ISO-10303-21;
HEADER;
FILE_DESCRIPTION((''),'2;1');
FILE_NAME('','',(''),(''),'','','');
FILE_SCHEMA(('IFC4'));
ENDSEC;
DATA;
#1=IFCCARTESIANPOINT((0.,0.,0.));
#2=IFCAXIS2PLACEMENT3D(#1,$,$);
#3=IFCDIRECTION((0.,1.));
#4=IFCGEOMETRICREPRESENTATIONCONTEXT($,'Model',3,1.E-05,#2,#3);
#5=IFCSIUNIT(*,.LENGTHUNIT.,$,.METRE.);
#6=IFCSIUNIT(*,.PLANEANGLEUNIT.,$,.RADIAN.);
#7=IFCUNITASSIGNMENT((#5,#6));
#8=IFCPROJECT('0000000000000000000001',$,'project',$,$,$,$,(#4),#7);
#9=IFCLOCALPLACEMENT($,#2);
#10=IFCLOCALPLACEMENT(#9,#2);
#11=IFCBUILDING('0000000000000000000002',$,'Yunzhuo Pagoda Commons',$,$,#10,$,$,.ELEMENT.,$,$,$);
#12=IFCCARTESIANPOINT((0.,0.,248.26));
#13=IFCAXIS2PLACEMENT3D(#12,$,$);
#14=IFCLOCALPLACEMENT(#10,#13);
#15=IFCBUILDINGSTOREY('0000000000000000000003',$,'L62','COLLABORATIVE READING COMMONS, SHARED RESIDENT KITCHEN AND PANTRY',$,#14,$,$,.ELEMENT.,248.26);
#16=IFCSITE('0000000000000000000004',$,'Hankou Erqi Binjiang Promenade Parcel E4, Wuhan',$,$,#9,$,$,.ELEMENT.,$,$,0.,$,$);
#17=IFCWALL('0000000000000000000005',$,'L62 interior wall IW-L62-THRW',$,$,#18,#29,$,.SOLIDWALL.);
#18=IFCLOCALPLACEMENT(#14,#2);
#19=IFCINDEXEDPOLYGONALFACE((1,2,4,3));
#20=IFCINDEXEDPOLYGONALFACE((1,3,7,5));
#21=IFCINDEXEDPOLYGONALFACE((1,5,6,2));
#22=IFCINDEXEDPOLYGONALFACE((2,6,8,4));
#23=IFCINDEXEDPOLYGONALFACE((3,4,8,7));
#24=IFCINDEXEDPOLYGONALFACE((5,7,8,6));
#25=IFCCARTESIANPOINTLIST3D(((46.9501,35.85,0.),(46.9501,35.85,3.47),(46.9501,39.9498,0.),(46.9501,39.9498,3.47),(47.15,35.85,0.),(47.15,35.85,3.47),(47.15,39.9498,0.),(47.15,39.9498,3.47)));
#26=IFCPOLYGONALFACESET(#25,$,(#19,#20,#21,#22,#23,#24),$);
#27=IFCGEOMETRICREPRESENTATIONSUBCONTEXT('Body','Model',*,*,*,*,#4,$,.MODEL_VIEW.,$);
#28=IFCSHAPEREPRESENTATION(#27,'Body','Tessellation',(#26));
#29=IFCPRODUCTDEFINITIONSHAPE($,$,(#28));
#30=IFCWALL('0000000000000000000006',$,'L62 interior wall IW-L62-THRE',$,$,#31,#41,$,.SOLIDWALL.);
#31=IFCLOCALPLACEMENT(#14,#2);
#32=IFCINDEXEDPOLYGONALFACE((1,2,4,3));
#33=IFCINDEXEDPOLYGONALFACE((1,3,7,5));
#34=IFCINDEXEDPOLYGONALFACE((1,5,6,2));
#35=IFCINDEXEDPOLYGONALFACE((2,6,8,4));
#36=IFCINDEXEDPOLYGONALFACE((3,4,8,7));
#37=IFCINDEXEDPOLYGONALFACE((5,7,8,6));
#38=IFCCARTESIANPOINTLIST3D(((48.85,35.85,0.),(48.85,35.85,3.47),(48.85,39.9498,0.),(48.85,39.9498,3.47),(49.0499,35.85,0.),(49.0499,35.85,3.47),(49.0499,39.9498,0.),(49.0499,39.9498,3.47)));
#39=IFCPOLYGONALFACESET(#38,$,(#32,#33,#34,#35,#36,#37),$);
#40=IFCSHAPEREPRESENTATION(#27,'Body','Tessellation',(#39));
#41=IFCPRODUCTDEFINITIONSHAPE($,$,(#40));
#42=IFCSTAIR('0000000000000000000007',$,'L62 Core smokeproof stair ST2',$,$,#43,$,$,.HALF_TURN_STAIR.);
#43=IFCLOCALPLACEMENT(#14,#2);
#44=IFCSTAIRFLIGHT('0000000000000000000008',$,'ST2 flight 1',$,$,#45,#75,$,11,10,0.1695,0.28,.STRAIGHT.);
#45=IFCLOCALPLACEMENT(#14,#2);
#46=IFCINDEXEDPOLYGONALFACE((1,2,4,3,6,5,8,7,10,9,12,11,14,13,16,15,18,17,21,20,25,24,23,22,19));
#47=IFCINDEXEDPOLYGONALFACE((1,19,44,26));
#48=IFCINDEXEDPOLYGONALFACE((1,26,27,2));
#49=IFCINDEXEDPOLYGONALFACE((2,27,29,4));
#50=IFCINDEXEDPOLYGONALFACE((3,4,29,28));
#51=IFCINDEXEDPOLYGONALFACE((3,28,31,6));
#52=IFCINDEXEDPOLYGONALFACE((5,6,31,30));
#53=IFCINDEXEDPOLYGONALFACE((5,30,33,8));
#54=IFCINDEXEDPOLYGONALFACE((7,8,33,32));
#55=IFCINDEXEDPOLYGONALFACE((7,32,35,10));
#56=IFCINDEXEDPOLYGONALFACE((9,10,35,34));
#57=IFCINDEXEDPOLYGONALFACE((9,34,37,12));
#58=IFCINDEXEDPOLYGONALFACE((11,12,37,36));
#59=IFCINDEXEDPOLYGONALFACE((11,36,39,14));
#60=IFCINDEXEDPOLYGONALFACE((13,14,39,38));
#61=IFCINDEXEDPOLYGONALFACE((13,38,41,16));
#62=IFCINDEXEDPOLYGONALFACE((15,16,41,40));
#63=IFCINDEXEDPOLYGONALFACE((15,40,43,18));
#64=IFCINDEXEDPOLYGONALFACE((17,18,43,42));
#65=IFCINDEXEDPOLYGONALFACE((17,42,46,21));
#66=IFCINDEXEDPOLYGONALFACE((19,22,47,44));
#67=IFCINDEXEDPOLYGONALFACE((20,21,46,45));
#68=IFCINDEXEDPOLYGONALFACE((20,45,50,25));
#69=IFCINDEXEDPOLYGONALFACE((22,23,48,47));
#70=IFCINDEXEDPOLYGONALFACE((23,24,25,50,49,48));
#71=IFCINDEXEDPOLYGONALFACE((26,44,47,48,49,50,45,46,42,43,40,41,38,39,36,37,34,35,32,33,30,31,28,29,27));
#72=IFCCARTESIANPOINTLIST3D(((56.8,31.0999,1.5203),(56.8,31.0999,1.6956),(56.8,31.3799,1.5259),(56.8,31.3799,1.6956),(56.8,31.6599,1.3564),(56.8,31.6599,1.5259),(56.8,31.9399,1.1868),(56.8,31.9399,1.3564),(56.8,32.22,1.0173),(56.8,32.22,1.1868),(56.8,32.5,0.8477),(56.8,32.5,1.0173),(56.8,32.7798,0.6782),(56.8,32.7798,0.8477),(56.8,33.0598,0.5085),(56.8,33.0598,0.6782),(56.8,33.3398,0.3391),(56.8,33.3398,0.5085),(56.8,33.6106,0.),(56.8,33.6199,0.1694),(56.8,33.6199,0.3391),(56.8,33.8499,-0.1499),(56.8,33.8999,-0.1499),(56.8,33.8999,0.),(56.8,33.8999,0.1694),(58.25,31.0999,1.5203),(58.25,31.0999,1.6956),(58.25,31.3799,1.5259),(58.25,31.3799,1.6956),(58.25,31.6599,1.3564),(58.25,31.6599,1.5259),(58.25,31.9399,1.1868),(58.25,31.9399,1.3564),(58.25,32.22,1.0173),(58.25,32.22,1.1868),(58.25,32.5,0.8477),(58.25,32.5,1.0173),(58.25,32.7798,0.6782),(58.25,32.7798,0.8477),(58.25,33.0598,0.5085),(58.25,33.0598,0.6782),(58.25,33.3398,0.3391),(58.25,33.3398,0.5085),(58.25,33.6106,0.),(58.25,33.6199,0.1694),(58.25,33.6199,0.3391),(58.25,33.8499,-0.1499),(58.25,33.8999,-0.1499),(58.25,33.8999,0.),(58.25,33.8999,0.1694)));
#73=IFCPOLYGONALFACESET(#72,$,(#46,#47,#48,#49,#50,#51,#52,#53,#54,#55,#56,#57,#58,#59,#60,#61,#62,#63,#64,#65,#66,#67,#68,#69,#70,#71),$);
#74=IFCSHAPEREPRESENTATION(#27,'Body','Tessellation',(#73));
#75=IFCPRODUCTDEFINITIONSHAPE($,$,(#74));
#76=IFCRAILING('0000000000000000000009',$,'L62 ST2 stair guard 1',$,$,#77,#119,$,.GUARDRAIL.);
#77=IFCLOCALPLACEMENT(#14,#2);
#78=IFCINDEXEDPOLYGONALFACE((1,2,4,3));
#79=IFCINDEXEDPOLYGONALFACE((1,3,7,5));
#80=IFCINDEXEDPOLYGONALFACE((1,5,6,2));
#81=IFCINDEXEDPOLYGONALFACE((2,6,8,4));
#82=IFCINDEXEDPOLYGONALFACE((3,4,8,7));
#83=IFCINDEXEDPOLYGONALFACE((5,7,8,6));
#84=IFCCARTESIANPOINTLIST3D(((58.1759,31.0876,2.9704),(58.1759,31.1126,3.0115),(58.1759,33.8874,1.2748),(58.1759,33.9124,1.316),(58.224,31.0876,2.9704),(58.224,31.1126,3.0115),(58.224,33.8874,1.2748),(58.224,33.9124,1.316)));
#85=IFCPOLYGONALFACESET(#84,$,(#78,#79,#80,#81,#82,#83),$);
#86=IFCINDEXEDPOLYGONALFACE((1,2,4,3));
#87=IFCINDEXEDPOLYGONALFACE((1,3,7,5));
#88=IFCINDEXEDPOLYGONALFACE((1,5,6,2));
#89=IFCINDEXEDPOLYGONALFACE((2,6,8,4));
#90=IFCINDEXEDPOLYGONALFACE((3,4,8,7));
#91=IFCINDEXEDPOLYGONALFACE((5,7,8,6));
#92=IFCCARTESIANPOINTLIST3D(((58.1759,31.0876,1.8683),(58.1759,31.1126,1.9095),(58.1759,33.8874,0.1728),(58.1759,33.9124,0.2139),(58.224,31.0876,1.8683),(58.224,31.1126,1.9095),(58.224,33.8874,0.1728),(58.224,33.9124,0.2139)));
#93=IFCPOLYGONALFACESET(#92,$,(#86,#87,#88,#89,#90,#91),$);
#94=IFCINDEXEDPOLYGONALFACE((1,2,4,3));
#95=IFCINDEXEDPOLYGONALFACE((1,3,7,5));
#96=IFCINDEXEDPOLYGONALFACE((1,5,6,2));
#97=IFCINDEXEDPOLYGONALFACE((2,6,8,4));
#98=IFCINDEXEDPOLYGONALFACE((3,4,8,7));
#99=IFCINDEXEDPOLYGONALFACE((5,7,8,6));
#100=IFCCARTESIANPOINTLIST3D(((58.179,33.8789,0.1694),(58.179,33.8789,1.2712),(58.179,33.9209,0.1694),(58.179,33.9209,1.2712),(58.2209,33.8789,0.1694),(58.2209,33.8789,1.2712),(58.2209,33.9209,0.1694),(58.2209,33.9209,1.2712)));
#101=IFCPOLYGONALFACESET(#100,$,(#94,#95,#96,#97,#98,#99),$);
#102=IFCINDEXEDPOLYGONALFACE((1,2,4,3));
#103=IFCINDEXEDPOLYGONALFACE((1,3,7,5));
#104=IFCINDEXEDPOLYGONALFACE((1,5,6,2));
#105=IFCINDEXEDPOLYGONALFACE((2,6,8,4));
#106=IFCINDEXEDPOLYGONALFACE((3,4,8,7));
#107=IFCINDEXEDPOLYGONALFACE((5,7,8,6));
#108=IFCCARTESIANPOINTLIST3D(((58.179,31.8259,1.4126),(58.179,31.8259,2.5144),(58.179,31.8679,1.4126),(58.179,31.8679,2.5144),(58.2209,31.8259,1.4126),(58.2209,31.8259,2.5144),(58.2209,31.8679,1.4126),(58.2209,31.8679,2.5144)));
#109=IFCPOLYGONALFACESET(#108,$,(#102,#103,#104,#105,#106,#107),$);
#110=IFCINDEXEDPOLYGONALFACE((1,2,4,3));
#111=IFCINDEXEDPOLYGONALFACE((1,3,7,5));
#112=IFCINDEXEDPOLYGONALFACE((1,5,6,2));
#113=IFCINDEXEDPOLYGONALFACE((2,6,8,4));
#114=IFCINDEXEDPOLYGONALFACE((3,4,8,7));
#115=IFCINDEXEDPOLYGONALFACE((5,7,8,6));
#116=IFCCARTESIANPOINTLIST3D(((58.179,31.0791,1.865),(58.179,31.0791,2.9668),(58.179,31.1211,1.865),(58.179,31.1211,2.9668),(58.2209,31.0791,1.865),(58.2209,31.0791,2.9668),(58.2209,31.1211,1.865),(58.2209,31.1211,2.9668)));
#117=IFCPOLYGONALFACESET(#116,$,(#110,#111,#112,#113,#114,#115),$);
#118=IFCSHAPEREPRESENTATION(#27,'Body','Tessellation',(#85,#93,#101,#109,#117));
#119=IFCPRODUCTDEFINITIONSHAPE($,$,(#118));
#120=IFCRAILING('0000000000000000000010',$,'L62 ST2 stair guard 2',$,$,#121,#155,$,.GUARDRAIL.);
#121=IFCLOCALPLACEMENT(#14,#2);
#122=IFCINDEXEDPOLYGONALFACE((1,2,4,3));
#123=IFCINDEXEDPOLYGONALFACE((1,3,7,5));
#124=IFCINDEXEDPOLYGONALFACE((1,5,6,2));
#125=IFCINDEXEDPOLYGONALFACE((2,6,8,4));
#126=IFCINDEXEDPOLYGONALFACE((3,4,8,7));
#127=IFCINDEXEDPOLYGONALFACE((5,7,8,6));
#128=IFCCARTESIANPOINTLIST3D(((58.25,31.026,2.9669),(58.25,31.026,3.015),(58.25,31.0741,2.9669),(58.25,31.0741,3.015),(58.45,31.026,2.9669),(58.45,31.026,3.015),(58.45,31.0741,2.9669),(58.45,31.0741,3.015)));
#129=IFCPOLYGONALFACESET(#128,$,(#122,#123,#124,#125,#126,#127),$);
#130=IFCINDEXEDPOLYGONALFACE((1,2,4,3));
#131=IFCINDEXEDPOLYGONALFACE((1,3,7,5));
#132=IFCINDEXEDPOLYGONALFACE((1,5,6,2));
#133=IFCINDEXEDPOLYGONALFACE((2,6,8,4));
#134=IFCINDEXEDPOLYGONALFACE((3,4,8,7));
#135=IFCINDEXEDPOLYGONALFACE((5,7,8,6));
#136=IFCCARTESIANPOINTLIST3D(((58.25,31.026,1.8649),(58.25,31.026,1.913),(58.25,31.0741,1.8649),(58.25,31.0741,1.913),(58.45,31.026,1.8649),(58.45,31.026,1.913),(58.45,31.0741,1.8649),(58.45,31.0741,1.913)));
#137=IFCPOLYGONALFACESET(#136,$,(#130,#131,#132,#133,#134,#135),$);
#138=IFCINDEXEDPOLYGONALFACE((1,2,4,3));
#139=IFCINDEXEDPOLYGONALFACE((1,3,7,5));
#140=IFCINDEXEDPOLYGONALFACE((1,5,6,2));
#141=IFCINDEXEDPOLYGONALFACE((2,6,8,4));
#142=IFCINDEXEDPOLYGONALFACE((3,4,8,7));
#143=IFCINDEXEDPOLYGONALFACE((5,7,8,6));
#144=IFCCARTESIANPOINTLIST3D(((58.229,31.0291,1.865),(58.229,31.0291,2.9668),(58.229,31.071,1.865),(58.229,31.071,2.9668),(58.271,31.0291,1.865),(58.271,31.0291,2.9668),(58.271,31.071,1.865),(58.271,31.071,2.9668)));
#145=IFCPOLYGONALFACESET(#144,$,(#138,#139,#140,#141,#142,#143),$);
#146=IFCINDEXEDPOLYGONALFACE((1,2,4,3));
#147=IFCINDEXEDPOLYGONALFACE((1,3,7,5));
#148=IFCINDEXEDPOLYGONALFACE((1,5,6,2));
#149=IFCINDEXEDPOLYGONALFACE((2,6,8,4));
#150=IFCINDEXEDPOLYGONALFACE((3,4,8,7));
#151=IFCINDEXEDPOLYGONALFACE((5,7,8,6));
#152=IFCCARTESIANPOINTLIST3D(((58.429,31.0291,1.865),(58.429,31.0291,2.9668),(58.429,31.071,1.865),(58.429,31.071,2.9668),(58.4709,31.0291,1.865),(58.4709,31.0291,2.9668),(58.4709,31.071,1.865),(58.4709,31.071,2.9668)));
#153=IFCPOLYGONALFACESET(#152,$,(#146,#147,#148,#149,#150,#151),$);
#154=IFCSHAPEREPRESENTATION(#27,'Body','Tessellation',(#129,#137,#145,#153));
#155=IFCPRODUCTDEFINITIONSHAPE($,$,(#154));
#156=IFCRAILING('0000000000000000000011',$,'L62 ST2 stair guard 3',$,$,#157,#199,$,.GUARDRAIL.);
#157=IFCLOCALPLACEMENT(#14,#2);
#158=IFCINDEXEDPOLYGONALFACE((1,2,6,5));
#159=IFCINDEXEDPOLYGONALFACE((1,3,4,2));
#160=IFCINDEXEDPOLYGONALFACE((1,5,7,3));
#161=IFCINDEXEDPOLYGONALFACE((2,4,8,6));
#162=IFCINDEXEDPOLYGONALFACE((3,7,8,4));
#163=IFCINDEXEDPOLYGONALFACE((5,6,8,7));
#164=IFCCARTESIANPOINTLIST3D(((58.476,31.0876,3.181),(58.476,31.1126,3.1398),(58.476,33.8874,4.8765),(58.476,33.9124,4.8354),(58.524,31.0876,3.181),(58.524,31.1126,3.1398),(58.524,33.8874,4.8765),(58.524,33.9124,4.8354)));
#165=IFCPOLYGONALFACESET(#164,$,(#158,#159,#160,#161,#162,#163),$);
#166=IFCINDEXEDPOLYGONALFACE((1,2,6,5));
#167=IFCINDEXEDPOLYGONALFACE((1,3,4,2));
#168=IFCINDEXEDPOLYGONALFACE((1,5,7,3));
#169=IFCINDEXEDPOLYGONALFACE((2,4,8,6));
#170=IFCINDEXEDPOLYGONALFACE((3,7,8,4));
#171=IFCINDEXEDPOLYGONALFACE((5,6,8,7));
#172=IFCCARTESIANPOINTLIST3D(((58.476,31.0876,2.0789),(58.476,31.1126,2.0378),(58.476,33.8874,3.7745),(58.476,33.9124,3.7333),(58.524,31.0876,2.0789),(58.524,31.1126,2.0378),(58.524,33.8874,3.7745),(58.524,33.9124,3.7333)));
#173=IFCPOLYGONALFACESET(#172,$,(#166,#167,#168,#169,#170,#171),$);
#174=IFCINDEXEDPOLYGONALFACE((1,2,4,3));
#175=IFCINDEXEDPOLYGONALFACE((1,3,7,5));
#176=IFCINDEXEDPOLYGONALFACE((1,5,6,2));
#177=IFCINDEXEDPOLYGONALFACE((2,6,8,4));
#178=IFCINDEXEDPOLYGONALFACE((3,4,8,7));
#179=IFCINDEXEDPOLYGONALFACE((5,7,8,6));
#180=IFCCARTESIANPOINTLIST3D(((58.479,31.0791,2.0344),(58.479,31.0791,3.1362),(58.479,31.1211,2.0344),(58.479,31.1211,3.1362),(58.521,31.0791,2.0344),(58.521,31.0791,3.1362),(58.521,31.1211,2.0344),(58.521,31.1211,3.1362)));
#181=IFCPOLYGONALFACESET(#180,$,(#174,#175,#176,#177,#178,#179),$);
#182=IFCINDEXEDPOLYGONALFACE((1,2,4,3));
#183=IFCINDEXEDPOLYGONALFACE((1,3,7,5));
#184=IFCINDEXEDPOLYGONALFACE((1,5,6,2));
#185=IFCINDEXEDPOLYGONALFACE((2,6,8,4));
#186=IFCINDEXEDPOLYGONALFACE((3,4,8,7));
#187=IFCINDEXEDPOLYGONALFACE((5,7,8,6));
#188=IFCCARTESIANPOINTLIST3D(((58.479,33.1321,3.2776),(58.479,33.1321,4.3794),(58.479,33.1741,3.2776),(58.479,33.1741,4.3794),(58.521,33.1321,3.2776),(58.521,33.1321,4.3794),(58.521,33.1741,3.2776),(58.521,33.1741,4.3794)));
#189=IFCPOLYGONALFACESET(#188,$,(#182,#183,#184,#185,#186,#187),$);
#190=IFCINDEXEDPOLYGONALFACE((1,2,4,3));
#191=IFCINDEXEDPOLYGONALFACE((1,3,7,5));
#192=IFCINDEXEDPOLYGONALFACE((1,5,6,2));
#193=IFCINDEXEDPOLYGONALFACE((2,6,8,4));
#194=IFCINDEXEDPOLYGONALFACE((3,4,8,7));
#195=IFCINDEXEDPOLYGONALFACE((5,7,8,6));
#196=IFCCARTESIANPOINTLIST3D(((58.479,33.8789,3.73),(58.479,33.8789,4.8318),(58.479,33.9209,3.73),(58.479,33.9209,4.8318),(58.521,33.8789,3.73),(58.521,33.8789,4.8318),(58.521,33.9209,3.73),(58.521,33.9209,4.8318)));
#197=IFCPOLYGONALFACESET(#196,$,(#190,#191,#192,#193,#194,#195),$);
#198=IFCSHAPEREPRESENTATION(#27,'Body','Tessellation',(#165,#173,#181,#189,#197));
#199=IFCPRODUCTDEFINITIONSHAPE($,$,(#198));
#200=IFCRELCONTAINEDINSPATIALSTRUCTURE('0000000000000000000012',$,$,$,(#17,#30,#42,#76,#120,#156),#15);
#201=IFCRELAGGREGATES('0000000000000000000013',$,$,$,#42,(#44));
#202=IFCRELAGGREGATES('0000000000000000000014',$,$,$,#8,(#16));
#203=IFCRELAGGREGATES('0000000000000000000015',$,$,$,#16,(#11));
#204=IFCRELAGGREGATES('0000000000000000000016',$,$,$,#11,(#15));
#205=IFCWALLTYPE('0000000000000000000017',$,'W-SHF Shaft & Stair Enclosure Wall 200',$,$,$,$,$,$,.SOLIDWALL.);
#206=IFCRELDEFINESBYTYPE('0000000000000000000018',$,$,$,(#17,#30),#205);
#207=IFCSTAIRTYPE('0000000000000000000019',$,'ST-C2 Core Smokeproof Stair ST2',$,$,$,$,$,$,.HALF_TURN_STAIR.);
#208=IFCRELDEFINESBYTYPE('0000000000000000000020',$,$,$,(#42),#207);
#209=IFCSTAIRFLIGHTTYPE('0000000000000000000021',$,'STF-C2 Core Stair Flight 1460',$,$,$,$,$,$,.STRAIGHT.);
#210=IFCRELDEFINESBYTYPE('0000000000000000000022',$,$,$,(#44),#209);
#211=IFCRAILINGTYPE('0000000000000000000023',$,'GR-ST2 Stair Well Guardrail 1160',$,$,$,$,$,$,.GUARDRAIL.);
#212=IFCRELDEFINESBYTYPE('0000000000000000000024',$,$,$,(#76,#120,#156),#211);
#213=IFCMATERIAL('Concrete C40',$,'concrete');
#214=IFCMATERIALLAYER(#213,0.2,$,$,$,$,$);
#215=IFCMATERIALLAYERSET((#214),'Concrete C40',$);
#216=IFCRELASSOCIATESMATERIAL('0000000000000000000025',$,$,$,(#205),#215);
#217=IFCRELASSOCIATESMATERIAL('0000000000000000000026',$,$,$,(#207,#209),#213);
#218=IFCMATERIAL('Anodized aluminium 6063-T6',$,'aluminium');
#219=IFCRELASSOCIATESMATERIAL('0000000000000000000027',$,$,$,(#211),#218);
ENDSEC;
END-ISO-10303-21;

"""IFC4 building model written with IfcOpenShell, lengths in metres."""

from ifc_helpers import new_model, si_unit, direction, frame, frame_2d, origin, origin_2d, place, context, subcontext, project, spatial, polyline, rectangle, outline, extrude, source, transform, mapped, material, layer, layer_set, type_object, element, aggregate, save


model = new_model("IFC4")

# Units and contexts
model_context = context("Model", 3, precision=1e-05, world=origin(), true_north=direction((0.0, 1.0)))
body_context = subcontext(model_context, "Body", "Model", "MODEL_VIEW")
ifc_project = project(units=[si_unit("LENGTHUNIT", "METRE"), si_unit("PLANEANGLEUNIT", "RADIAN")], contexts=[model_context])

# Site, building, storey
site_placement = place(None, origin())
site = spatial("IfcSite", under=ifc_project, at=site_placement, Name="Hankou Erqi Binjiang Promenade Parcel E4, Wuhan", CompositionType="ELEMENT", RefElevation=0.0)
building_placement = place(site_placement, origin())
building = spatial("IfcBuilding", under=site, at=building_placement, Name="Yunzhuo Pagoda Commons", CompositionType="ELEMENT")
storey_placement = place(building_placement, frame((0.0, 0.0, 248.26)))
storey = spatial("IfcBuildingStorey", under=building, at=storey_placement, Name="L62", Description="COLLABORATIVE READING COMMONS, SHARED RESIDENT KITCHEN AND PANTRY", CompositionType="ELEMENT", Elevation=248.26)

# Shared definitions
ifc_material_1 = material(Name="Concrete C40", Category="concrete")
ifc_layer_1 = layer(ifc_material_1, 0.2)
ifc_layer_set_1 = layer_set([ifc_layer_1], Name="Concrete C40")
wall_type_1 = type_object("IfcWallType", Name="W-SHF Shaft & Stair Enclosure Wall 200", PredefinedType="SOLIDWALL", material=ifc_layer_set_1)

# Walls
for number, where, z_axis, x_axis, name in (
    (1, (47.05, 35.8501, 0.0), (0.0, 0.0, 1.0), (0.0, 1.0, 0.0), "L62 interior wall IW-L62-THRW"),
    (2, (48.95, 35.8501, 0.0), (0.0, 0.0, 1.0), (0.0, 1.0, 0.0), "L62 interior wall IW-L62-THRE"),
):
    element("IfcWall", number, at=place(storey_placement, frame(where, z_axis=z_axis, x_axis=x_axis)), inside=storey, type_object=wall_type_1, Name=name, PredefinedType="SOLIDWALL", context=body_context, shape_type="SweptSolid", body=[
        extrude(rectangle(XDim=4.0999, YDim=0.2, at=frame_2d((2.0498, 0.0))), origin(), (0.0, 0.0, 1.0), 3.47),
    ])

# Stair, stair flight
stair_type = type_object("IfcStairType", Name="ST-C2 Core Smokeproof Stair ST2", PredefinedType="HALF_TURN_STAIR", material=ifc_material_1)
stair_placement = place(storey_placement, origin())
stair = element("IfcStair", 3, at=stair_placement, inside=storey, type_object=stair_type, Name="L62 Core smokeproof stair ST2", PredefinedType="HALF_TURN_STAIR")
stair_flight_type = type_object("IfcStairFlightType", Name="STF-C2 Core Stair Flight 1460", PredefinedType="STRAIGHT", material=ifc_material_1)
shared_shape_1 = source(origin(), body_context, "Body", "SweptSolid", [
    extrude(outline(polyline([(0.0, -0.1499), (0.0, 0.0), (0.0, 0.1694), (0.28, 0.1694), (0.28, 0.3391), (0.5601, 0.3391), (0.5601, 0.5085), (0.8401, 0.5085), (0.8401, 0.6782), (1.1201, 0.6782), (1.1201, 0.8477), (1.3999, 0.8477), (1.3999, 1.0173), (1.6799, 1.0173), (1.6799, 1.1868), (1.96, 1.1868), (1.96, 1.3564), (2.24, 1.3564), (2.24, 1.5259), (2.52, 1.5259), (2.52, 1.6956), (2.8, 1.6956), (2.8, 1.865), (2.8, 1.5203), (0.2893, 0.0), (0.05, -0.1499), (0.0, -0.1499)])), frame((0.0, 0.7251, 0.0), z_axis=(0.0, -1.0, 0.0), x_axis=(1.0, 0.0, 0.0)), (0.0, 0.0, 1.0), 1.45),
])
stair_flight_placement = place(storey_placement, frame((57.5249, 33.8999, 0.0), z_axis=(0.0, 0.0, 1.0), x_axis=(0.0, -1.0, 0.0)))
stair_flight = element("IfcStairFlight", 4, at=stair_flight_placement, type_object=stair_flight_type, Name="ST2 flight 1", NumberOfRisers=11, NumberOfTreads=10, PredefinedType="STRAIGHT", RiserHeight=0.1695, TreadLength=0.28, context=body_context, shape_type="MappedRepresentation", body=[
    mapped(shared_shape_1, transform((0.0, 0.0, 0.0), scale=1.0)),
])
aggregate(stair, [stair_flight])

# Railings
ifc_material_2 = material(Name="Anodized aluminium 6063-T6", Category="aluminium")
railing_type_1 = type_object("IfcRailingType", Name="GR-ST2 Stair Well Guardrail 1160", PredefinedType="GUARDRAIL", material=ifc_material_2)
railing_1_placement = place(storey_placement, frame((58.2, 33.8999, 0.1694)))
element("IfcRailing", 5, at=railing_1_placement, inside=storey, type_object=railing_type_1, Name="L62 ST2 stair guard 1", PredefinedType="GUARDRAIL", context=body_context, shape_type="SweptSolid", body=[
    extrude(rectangle(XDim=0.0481, YDim=0.0481, at=origin_2d()), frame((0.0, 0.0, 1.126), z_axis=(0.0, -0.855373, 0.518012), x_axis=(1.0, 0.0, 0.0)), (0.0, 0.0, 1.0), 3.2732),
    extrude(rectangle(XDim=0.0481, YDim=0.0481, at=origin_2d()), frame((0.0, 0.0, 0.0239), z_axis=(0.0, -0.855373, 0.518012), x_axis=(1.0, 0.0, 0.0)), (0.0, 0.0, 1.0), 3.2732),
    extrude(rectangle(XDim=0.042, YDim=0.042, at=origin_2d()), origin(), (0.0, 0.0, 1.0), 1.1018),
    extrude(rectangle(XDim=0.042, YDim=0.042, at=origin_2d()), frame((0.0, -2.053, 1.2432)), (0.0, 0.0, 1.0), 1.1018),
    extrude(rectangle(XDim=0.042, YDim=0.042, at=origin_2d()), frame((0.0, -2.7998, 1.6956)), (0.0, 0.0, 1.0), 1.1018),
])
railing_2_placement = place(storey_placement, frame((58.25, 31.05, 1.865)))
element("IfcRailing", 6, at=railing_2_placement, inside=storey, type_object=railing_type_1, Name="L62 ST2 stair guard 2", PredefinedType="GUARDRAIL", context=body_context, shape_type="SweptSolid", body=[
    extrude(rectangle(XDim=0.0481, YDim=0.0481, at=origin_2d()), frame((0.0, 0.0, 1.126), z_axis=(1.0, 0.0, 0.0), x_axis=(0.0, 1.0, 0.0)), (0.0, 0.0, 1.0), 0.2),
    extrude(rectangle(XDim=0.0481, YDim=0.0481, at=origin_2d()), frame((0.0, 0.0, 0.0239), z_axis=(1.0, 0.0, 0.0), x_axis=(0.0, 1.0, 0.0)), (0.0, 0.0, 1.0), 0.2),
    extrude(rectangle(XDim=0.042, YDim=0.042, at=origin_2d()), origin(), (0.0, 0.0, 1.0), 1.1018),
    extrude(rectangle(XDim=0.042, YDim=0.042, at=origin_2d()), frame((0.2, 0.0, 0.0)), (0.0, 0.0, 1.0), 1.1018),
])
railing_3_placement = place(storey_placement, frame((58.5, 31.1001, 2.0344)))
element("IfcRailing", 7, at=railing_3_placement, inside=storey, type_object=railing_type_1, Name="L62 ST2 stair guard 3", PredefinedType="GUARDRAIL", context=body_context, shape_type="SweptSolid", body=[
    extrude(rectangle(XDim=0.0481, YDim=0.0481, at=origin_2d()), frame((0.0, 0.0, 1.126), z_axis=(0.0, 0.855373, 0.518012), x_axis=(-1.0, 0.0, 0.0)), (0.0, 0.0, 1.0), 3.2732),
    extrude(rectangle(XDim=0.0481, YDim=0.0481, at=origin_2d()), frame((0.0, 0.0, 0.0239), z_axis=(0.0, 0.855373, 0.518012), x_axis=(-1.0, 0.0, 0.0)), (0.0, 0.0, 1.0), 3.2732),
    extrude(rectangle(XDim=0.042, YDim=0.042, at=origin_2d()), origin(), (0.0, 0.0, 1.0), 1.1018),
    extrude(rectangle(XDim=0.042, YDim=0.042, at=origin_2d()), frame((0.0, 2.053, 1.2432)), (0.0, 0.0, 1.0), 1.1018),
    extrude(rectangle(XDim=0.042, YDim=0.042, at=origin_2d()), frame((0.0, 2.7998, 1.6956)), (0.0, 0.0, 1.0), 1.1018),
])

save(model, "model.ifc")
